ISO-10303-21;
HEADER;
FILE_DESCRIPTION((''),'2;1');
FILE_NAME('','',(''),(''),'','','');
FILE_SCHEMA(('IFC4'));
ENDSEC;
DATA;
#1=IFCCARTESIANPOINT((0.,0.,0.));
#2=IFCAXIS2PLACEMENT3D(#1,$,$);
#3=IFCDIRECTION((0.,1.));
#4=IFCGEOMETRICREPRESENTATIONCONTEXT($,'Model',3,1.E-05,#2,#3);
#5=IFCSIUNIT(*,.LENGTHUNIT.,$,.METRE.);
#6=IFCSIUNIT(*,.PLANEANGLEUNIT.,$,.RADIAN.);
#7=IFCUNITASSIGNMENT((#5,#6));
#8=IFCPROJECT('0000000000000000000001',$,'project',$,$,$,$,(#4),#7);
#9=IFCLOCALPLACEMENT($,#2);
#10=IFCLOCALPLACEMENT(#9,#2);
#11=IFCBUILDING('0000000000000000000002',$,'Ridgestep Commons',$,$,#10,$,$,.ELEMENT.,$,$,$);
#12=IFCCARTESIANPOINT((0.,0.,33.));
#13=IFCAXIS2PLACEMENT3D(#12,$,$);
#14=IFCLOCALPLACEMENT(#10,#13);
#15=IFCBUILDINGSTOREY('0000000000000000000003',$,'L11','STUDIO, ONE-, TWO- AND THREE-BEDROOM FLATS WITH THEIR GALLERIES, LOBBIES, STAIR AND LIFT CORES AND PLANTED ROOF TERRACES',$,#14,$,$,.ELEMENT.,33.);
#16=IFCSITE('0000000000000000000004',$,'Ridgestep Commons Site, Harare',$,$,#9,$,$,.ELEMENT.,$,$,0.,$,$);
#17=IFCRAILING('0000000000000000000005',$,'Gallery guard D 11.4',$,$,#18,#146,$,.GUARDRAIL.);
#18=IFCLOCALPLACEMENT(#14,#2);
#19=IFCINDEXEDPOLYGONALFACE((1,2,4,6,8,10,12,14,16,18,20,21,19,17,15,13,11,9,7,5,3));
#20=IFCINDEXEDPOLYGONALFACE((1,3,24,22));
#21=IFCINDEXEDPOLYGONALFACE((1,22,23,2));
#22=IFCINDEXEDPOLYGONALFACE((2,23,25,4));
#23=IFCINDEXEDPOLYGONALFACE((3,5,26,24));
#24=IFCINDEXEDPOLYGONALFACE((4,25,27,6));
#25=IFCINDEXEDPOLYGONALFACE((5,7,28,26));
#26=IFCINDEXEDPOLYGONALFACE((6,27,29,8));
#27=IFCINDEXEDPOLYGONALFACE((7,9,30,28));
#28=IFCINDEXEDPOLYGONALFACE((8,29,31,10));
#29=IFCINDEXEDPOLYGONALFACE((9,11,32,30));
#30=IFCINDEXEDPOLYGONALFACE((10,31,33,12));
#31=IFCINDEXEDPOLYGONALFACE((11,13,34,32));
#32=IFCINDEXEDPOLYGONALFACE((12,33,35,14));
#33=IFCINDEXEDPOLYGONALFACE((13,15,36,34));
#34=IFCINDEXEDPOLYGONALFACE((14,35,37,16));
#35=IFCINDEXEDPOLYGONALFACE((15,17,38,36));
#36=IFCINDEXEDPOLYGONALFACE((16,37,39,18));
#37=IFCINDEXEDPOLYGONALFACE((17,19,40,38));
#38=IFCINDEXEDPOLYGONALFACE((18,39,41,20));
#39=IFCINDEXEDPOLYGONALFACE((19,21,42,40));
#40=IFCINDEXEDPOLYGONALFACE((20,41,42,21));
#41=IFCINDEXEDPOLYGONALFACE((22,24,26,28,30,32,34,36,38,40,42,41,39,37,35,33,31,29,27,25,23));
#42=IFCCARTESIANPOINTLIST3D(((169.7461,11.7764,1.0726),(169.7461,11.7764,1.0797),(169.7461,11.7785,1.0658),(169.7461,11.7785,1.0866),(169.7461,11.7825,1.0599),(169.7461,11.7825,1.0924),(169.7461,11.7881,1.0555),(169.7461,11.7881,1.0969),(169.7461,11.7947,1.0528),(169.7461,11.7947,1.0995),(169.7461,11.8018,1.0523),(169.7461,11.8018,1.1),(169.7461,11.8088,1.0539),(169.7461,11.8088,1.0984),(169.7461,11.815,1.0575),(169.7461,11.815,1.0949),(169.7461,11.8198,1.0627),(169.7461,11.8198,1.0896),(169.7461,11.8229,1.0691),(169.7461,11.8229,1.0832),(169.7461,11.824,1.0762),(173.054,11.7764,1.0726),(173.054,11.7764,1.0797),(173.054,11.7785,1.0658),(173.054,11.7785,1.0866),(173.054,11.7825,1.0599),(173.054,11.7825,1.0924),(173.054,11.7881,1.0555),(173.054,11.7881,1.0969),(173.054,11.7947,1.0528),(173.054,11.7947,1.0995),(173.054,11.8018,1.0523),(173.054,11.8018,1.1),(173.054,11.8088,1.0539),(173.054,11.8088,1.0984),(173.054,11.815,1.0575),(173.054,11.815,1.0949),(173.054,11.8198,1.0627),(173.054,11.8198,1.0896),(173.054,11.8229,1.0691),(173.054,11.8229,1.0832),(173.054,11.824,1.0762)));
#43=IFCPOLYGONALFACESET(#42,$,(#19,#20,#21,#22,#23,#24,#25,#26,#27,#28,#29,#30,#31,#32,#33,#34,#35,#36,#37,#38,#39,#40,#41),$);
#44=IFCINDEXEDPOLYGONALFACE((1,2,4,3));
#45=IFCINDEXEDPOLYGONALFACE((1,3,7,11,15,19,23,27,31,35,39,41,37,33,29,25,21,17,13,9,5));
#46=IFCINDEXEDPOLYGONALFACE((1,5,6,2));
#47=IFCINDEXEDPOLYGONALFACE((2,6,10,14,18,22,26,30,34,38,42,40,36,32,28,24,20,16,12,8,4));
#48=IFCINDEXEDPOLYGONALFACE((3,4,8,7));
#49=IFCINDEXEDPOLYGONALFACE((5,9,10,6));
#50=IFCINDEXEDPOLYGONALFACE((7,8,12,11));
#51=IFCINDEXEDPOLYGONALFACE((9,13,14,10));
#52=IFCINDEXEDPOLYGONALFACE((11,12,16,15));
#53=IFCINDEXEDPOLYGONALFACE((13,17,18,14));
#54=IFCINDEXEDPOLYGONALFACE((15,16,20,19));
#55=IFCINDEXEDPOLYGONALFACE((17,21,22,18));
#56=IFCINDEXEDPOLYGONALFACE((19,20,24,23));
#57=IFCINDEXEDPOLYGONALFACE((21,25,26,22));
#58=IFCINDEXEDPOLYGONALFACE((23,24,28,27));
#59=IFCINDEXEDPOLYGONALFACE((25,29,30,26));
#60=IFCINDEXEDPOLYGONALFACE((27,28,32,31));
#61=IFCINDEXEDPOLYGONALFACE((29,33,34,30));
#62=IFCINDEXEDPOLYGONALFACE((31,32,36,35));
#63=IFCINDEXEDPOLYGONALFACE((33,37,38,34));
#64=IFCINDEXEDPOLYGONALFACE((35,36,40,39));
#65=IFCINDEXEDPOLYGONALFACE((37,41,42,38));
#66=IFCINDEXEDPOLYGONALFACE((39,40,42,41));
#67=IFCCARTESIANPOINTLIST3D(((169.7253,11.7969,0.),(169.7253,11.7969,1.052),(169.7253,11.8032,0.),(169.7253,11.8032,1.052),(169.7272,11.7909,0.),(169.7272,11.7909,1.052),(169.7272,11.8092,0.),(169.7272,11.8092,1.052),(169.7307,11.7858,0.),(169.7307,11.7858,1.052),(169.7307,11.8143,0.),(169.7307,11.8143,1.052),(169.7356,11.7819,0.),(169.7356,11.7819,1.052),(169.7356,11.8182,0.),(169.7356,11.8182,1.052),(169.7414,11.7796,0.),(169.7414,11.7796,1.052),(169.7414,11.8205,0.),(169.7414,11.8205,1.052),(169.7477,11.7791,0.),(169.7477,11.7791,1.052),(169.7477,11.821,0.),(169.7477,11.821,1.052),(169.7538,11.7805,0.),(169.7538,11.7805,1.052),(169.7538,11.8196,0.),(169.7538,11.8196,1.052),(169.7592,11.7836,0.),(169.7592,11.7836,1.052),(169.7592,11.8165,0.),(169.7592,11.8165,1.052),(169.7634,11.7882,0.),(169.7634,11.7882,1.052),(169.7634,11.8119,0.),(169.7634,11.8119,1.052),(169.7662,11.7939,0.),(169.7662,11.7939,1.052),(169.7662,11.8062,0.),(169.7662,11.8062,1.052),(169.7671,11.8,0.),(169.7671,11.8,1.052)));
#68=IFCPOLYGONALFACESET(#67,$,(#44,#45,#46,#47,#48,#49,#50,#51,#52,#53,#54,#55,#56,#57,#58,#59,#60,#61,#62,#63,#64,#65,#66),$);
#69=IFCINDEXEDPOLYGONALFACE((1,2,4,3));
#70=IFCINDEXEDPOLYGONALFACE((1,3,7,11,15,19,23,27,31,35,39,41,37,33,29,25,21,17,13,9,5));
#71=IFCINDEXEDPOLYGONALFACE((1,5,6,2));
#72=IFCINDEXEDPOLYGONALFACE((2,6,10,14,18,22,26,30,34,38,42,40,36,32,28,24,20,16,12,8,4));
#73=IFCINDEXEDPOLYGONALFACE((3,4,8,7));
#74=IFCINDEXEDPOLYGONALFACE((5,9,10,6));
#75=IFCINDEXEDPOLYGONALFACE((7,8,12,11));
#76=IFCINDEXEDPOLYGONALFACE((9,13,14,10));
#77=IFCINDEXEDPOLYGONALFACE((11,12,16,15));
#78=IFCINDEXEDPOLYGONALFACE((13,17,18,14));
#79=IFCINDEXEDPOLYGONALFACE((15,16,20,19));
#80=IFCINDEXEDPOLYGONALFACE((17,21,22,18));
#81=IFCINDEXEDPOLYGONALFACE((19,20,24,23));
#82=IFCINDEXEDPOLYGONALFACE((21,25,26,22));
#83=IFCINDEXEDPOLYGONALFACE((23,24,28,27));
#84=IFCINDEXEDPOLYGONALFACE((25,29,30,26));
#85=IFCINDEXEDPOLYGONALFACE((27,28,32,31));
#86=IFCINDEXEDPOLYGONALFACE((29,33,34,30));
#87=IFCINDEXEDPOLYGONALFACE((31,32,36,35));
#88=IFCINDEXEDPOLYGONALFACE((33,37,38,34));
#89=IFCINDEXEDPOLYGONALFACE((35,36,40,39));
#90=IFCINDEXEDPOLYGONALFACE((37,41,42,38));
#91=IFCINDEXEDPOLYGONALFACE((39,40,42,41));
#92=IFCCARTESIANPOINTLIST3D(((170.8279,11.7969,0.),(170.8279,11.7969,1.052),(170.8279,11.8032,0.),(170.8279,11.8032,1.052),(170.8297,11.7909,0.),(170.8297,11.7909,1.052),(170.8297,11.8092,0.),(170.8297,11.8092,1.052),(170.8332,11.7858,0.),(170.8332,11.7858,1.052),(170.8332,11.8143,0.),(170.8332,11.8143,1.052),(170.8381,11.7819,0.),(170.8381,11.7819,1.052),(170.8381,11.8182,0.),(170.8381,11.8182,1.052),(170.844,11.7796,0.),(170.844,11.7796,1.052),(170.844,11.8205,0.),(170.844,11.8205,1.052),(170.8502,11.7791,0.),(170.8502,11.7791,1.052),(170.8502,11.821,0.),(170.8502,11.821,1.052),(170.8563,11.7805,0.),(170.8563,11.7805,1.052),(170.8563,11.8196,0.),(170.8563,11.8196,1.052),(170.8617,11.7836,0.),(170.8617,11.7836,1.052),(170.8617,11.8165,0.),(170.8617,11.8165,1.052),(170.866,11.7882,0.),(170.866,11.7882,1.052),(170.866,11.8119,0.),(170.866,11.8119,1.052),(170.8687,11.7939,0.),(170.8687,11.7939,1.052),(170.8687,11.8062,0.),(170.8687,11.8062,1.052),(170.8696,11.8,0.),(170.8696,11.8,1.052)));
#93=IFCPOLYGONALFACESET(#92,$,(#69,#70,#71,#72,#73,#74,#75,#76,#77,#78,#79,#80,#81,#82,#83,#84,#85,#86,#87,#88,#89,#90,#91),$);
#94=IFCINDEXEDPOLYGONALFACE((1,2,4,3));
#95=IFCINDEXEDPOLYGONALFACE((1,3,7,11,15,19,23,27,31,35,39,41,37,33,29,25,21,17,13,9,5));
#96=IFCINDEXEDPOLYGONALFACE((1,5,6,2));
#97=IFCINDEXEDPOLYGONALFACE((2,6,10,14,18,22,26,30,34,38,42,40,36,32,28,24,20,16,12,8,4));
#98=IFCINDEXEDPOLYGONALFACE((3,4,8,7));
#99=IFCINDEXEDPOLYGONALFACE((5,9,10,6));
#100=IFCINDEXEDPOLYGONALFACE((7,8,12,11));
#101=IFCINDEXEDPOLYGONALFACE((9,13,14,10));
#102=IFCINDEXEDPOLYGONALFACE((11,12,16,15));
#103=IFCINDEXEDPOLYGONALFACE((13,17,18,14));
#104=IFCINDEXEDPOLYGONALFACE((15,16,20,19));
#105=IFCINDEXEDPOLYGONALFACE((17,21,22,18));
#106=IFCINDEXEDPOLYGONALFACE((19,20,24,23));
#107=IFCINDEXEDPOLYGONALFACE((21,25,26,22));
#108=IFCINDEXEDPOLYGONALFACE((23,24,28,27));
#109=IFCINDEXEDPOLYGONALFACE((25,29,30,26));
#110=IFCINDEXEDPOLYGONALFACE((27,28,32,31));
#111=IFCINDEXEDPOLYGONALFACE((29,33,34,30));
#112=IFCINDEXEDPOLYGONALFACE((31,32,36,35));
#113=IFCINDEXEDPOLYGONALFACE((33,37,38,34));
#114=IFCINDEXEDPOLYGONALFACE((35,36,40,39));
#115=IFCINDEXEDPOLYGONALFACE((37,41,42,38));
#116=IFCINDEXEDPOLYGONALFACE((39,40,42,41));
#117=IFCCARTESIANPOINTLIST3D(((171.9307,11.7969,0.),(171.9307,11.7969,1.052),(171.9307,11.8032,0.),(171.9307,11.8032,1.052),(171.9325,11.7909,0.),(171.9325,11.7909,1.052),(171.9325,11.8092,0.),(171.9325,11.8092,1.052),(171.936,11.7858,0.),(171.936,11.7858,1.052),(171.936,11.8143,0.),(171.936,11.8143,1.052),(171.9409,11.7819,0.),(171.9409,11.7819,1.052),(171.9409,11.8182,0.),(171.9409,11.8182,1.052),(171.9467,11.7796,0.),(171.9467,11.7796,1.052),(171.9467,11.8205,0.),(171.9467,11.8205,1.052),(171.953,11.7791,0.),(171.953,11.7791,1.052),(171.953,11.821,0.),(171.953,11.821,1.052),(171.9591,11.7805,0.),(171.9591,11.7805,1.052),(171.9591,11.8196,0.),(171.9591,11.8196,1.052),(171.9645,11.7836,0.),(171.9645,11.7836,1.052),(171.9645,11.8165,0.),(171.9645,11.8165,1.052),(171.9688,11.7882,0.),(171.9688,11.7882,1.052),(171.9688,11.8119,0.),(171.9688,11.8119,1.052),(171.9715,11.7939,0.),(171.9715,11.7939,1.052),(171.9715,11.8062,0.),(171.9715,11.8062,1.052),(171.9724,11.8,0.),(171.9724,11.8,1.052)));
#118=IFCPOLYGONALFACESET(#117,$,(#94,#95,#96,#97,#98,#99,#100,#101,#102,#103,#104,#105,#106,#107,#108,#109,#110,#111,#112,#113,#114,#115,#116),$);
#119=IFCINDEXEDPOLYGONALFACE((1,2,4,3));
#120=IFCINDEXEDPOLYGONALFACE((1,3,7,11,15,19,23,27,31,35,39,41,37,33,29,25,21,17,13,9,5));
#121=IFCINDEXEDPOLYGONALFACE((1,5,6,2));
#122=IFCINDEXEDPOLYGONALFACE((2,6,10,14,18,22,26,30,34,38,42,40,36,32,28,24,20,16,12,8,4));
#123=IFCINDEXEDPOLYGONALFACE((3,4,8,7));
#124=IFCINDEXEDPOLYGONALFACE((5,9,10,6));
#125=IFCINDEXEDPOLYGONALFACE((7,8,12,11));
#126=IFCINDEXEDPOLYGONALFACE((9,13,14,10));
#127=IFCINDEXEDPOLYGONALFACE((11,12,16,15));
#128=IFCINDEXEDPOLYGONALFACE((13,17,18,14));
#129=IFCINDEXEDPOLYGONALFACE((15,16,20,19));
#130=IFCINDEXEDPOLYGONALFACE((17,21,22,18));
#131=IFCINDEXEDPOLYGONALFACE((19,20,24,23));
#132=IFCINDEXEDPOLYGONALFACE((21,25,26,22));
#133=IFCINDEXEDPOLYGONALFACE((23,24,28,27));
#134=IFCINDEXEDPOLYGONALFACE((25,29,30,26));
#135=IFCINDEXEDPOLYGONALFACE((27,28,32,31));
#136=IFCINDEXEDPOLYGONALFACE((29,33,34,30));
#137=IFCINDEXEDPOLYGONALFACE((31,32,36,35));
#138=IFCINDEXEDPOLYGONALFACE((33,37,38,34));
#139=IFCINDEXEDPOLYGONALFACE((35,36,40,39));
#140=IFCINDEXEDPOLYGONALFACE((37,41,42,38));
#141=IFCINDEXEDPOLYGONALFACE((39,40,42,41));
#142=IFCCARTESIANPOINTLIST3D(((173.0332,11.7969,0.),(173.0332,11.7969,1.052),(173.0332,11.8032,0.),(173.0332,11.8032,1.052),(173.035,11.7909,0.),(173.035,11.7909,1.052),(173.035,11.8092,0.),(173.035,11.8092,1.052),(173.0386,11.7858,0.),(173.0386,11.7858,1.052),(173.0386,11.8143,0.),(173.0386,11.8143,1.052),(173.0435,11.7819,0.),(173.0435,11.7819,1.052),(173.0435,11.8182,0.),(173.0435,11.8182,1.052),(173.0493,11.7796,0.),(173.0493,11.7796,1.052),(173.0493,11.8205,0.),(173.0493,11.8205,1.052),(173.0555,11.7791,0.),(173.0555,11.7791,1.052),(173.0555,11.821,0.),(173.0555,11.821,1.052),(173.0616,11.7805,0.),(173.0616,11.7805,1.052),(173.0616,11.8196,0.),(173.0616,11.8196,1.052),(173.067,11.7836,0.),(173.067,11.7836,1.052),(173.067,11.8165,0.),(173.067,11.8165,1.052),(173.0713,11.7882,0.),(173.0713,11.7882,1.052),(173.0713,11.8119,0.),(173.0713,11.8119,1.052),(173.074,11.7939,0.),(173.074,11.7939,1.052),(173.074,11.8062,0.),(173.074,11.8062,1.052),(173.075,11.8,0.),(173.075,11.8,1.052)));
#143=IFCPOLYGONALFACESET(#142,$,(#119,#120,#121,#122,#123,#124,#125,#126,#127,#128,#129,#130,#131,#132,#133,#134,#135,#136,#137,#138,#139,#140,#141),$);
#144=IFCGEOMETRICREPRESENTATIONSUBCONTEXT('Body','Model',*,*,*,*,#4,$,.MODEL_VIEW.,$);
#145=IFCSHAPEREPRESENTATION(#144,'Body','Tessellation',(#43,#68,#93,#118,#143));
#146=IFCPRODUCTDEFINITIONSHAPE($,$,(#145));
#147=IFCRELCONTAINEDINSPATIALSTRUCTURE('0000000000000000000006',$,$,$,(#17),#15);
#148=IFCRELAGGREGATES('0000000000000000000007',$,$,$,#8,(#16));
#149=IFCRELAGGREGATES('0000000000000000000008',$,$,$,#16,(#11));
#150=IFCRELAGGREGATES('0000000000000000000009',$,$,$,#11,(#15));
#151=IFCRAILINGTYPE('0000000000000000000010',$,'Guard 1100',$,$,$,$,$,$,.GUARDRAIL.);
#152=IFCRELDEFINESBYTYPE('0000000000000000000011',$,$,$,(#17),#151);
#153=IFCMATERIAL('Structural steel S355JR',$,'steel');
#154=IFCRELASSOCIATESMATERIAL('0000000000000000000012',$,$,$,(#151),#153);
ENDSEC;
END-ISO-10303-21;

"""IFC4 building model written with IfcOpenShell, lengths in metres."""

from ifc_helpers import new_model, si_unit, direction, frame, origin, origin_2d, place, context, subcontext, project, spatial, circle, extrude, material, type_object, element, save


model = new_model("IFC4")

# Units and contexts
model_context = context("Model", 3, precision=1e-05, world=origin(), true_north=direction((0.0, 1.0)))
body_context = subcontext(model_context, "Body", "Model", "MODEL_VIEW")
ifc_project = project(units=[si_unit("LENGTHUNIT", "METRE"), si_unit("PLANEANGLEUNIT", "RADIAN")], contexts=[model_context])

# Site, building, storey
site_placement = place(None, origin())
site = spatial("IfcSite", under=ifc_project, at=site_placement, Name="Ridgestep Commons Site, Harare", CompositionType="ELEMENT", RefElevation=0.0)
building_placement = place(site_placement, origin())
building = spatial("IfcBuilding", under=site, at=building_placement, Name="Ridgestep Commons", CompositionType="ELEMENT")
storey_placement = place(building_placement, frame((0.0, 0.0, 33.0)))
storey = spatial("IfcBuildingStorey", under=building, at=storey_placement, Name="L11", Description="STUDIO, ONE-, TWO- AND THREE-BEDROOM FLATS WITH THEIR GALLERIES, LOBBIES, STAIR AND LIFT CORES AND PLANTED ROOF TERRACES", CompositionType="ELEMENT", Elevation=33.0)

# Railing
ifc_material_1 = material(Name="Structural steel S355JR", Category="steel")
railing_type_1 = type_object("IfcRailingType", Name="Guard 1100", PredefinedType="GUARDRAIL", material=ifc_material_1)
railing_1_placement = place(storey_placement, frame((169.7461, 11.8, 0.0)))
element("IfcRailing", 1, at=railing_1_placement, inside=storey, type_object=railing_type_1, Name="Gallery guard D 11.4", PredefinedType="GUARDRAIL", context=body_context, shape_type="SweptSolid", body=[
    extrude(circle(Radius=0.0239, at=origin_2d()), frame((0.0, 0.0, 1.0762), z_axis=(1.0, 0.0, 0.0), x_axis=(0.0, 1.0, 0.0)), (0.0, 0.0, 1.0), 3.3079),
    extrude(circle(Radius=0.021, at=origin_2d()), origin(), (0.0, 0.0, 1.0), 1.052),
    extrude(circle(Radius=0.021, at=origin_2d()), frame((1.1025, 0.0, 0.0)), (0.0, 0.0, 1.0), 1.052),
    extrude(circle(Radius=0.021, at=origin_2d()), frame((2.2053, 0.0, 0.0)), (0.0, 0.0, 1.0), 1.052),
    extrude(circle(Radius=0.021, at=origin_2d()), frame((3.3079, 0.0, 0.0)), (0.0, 0.0, 1.0), 1.052),
])

save(model, "model.ifc")
